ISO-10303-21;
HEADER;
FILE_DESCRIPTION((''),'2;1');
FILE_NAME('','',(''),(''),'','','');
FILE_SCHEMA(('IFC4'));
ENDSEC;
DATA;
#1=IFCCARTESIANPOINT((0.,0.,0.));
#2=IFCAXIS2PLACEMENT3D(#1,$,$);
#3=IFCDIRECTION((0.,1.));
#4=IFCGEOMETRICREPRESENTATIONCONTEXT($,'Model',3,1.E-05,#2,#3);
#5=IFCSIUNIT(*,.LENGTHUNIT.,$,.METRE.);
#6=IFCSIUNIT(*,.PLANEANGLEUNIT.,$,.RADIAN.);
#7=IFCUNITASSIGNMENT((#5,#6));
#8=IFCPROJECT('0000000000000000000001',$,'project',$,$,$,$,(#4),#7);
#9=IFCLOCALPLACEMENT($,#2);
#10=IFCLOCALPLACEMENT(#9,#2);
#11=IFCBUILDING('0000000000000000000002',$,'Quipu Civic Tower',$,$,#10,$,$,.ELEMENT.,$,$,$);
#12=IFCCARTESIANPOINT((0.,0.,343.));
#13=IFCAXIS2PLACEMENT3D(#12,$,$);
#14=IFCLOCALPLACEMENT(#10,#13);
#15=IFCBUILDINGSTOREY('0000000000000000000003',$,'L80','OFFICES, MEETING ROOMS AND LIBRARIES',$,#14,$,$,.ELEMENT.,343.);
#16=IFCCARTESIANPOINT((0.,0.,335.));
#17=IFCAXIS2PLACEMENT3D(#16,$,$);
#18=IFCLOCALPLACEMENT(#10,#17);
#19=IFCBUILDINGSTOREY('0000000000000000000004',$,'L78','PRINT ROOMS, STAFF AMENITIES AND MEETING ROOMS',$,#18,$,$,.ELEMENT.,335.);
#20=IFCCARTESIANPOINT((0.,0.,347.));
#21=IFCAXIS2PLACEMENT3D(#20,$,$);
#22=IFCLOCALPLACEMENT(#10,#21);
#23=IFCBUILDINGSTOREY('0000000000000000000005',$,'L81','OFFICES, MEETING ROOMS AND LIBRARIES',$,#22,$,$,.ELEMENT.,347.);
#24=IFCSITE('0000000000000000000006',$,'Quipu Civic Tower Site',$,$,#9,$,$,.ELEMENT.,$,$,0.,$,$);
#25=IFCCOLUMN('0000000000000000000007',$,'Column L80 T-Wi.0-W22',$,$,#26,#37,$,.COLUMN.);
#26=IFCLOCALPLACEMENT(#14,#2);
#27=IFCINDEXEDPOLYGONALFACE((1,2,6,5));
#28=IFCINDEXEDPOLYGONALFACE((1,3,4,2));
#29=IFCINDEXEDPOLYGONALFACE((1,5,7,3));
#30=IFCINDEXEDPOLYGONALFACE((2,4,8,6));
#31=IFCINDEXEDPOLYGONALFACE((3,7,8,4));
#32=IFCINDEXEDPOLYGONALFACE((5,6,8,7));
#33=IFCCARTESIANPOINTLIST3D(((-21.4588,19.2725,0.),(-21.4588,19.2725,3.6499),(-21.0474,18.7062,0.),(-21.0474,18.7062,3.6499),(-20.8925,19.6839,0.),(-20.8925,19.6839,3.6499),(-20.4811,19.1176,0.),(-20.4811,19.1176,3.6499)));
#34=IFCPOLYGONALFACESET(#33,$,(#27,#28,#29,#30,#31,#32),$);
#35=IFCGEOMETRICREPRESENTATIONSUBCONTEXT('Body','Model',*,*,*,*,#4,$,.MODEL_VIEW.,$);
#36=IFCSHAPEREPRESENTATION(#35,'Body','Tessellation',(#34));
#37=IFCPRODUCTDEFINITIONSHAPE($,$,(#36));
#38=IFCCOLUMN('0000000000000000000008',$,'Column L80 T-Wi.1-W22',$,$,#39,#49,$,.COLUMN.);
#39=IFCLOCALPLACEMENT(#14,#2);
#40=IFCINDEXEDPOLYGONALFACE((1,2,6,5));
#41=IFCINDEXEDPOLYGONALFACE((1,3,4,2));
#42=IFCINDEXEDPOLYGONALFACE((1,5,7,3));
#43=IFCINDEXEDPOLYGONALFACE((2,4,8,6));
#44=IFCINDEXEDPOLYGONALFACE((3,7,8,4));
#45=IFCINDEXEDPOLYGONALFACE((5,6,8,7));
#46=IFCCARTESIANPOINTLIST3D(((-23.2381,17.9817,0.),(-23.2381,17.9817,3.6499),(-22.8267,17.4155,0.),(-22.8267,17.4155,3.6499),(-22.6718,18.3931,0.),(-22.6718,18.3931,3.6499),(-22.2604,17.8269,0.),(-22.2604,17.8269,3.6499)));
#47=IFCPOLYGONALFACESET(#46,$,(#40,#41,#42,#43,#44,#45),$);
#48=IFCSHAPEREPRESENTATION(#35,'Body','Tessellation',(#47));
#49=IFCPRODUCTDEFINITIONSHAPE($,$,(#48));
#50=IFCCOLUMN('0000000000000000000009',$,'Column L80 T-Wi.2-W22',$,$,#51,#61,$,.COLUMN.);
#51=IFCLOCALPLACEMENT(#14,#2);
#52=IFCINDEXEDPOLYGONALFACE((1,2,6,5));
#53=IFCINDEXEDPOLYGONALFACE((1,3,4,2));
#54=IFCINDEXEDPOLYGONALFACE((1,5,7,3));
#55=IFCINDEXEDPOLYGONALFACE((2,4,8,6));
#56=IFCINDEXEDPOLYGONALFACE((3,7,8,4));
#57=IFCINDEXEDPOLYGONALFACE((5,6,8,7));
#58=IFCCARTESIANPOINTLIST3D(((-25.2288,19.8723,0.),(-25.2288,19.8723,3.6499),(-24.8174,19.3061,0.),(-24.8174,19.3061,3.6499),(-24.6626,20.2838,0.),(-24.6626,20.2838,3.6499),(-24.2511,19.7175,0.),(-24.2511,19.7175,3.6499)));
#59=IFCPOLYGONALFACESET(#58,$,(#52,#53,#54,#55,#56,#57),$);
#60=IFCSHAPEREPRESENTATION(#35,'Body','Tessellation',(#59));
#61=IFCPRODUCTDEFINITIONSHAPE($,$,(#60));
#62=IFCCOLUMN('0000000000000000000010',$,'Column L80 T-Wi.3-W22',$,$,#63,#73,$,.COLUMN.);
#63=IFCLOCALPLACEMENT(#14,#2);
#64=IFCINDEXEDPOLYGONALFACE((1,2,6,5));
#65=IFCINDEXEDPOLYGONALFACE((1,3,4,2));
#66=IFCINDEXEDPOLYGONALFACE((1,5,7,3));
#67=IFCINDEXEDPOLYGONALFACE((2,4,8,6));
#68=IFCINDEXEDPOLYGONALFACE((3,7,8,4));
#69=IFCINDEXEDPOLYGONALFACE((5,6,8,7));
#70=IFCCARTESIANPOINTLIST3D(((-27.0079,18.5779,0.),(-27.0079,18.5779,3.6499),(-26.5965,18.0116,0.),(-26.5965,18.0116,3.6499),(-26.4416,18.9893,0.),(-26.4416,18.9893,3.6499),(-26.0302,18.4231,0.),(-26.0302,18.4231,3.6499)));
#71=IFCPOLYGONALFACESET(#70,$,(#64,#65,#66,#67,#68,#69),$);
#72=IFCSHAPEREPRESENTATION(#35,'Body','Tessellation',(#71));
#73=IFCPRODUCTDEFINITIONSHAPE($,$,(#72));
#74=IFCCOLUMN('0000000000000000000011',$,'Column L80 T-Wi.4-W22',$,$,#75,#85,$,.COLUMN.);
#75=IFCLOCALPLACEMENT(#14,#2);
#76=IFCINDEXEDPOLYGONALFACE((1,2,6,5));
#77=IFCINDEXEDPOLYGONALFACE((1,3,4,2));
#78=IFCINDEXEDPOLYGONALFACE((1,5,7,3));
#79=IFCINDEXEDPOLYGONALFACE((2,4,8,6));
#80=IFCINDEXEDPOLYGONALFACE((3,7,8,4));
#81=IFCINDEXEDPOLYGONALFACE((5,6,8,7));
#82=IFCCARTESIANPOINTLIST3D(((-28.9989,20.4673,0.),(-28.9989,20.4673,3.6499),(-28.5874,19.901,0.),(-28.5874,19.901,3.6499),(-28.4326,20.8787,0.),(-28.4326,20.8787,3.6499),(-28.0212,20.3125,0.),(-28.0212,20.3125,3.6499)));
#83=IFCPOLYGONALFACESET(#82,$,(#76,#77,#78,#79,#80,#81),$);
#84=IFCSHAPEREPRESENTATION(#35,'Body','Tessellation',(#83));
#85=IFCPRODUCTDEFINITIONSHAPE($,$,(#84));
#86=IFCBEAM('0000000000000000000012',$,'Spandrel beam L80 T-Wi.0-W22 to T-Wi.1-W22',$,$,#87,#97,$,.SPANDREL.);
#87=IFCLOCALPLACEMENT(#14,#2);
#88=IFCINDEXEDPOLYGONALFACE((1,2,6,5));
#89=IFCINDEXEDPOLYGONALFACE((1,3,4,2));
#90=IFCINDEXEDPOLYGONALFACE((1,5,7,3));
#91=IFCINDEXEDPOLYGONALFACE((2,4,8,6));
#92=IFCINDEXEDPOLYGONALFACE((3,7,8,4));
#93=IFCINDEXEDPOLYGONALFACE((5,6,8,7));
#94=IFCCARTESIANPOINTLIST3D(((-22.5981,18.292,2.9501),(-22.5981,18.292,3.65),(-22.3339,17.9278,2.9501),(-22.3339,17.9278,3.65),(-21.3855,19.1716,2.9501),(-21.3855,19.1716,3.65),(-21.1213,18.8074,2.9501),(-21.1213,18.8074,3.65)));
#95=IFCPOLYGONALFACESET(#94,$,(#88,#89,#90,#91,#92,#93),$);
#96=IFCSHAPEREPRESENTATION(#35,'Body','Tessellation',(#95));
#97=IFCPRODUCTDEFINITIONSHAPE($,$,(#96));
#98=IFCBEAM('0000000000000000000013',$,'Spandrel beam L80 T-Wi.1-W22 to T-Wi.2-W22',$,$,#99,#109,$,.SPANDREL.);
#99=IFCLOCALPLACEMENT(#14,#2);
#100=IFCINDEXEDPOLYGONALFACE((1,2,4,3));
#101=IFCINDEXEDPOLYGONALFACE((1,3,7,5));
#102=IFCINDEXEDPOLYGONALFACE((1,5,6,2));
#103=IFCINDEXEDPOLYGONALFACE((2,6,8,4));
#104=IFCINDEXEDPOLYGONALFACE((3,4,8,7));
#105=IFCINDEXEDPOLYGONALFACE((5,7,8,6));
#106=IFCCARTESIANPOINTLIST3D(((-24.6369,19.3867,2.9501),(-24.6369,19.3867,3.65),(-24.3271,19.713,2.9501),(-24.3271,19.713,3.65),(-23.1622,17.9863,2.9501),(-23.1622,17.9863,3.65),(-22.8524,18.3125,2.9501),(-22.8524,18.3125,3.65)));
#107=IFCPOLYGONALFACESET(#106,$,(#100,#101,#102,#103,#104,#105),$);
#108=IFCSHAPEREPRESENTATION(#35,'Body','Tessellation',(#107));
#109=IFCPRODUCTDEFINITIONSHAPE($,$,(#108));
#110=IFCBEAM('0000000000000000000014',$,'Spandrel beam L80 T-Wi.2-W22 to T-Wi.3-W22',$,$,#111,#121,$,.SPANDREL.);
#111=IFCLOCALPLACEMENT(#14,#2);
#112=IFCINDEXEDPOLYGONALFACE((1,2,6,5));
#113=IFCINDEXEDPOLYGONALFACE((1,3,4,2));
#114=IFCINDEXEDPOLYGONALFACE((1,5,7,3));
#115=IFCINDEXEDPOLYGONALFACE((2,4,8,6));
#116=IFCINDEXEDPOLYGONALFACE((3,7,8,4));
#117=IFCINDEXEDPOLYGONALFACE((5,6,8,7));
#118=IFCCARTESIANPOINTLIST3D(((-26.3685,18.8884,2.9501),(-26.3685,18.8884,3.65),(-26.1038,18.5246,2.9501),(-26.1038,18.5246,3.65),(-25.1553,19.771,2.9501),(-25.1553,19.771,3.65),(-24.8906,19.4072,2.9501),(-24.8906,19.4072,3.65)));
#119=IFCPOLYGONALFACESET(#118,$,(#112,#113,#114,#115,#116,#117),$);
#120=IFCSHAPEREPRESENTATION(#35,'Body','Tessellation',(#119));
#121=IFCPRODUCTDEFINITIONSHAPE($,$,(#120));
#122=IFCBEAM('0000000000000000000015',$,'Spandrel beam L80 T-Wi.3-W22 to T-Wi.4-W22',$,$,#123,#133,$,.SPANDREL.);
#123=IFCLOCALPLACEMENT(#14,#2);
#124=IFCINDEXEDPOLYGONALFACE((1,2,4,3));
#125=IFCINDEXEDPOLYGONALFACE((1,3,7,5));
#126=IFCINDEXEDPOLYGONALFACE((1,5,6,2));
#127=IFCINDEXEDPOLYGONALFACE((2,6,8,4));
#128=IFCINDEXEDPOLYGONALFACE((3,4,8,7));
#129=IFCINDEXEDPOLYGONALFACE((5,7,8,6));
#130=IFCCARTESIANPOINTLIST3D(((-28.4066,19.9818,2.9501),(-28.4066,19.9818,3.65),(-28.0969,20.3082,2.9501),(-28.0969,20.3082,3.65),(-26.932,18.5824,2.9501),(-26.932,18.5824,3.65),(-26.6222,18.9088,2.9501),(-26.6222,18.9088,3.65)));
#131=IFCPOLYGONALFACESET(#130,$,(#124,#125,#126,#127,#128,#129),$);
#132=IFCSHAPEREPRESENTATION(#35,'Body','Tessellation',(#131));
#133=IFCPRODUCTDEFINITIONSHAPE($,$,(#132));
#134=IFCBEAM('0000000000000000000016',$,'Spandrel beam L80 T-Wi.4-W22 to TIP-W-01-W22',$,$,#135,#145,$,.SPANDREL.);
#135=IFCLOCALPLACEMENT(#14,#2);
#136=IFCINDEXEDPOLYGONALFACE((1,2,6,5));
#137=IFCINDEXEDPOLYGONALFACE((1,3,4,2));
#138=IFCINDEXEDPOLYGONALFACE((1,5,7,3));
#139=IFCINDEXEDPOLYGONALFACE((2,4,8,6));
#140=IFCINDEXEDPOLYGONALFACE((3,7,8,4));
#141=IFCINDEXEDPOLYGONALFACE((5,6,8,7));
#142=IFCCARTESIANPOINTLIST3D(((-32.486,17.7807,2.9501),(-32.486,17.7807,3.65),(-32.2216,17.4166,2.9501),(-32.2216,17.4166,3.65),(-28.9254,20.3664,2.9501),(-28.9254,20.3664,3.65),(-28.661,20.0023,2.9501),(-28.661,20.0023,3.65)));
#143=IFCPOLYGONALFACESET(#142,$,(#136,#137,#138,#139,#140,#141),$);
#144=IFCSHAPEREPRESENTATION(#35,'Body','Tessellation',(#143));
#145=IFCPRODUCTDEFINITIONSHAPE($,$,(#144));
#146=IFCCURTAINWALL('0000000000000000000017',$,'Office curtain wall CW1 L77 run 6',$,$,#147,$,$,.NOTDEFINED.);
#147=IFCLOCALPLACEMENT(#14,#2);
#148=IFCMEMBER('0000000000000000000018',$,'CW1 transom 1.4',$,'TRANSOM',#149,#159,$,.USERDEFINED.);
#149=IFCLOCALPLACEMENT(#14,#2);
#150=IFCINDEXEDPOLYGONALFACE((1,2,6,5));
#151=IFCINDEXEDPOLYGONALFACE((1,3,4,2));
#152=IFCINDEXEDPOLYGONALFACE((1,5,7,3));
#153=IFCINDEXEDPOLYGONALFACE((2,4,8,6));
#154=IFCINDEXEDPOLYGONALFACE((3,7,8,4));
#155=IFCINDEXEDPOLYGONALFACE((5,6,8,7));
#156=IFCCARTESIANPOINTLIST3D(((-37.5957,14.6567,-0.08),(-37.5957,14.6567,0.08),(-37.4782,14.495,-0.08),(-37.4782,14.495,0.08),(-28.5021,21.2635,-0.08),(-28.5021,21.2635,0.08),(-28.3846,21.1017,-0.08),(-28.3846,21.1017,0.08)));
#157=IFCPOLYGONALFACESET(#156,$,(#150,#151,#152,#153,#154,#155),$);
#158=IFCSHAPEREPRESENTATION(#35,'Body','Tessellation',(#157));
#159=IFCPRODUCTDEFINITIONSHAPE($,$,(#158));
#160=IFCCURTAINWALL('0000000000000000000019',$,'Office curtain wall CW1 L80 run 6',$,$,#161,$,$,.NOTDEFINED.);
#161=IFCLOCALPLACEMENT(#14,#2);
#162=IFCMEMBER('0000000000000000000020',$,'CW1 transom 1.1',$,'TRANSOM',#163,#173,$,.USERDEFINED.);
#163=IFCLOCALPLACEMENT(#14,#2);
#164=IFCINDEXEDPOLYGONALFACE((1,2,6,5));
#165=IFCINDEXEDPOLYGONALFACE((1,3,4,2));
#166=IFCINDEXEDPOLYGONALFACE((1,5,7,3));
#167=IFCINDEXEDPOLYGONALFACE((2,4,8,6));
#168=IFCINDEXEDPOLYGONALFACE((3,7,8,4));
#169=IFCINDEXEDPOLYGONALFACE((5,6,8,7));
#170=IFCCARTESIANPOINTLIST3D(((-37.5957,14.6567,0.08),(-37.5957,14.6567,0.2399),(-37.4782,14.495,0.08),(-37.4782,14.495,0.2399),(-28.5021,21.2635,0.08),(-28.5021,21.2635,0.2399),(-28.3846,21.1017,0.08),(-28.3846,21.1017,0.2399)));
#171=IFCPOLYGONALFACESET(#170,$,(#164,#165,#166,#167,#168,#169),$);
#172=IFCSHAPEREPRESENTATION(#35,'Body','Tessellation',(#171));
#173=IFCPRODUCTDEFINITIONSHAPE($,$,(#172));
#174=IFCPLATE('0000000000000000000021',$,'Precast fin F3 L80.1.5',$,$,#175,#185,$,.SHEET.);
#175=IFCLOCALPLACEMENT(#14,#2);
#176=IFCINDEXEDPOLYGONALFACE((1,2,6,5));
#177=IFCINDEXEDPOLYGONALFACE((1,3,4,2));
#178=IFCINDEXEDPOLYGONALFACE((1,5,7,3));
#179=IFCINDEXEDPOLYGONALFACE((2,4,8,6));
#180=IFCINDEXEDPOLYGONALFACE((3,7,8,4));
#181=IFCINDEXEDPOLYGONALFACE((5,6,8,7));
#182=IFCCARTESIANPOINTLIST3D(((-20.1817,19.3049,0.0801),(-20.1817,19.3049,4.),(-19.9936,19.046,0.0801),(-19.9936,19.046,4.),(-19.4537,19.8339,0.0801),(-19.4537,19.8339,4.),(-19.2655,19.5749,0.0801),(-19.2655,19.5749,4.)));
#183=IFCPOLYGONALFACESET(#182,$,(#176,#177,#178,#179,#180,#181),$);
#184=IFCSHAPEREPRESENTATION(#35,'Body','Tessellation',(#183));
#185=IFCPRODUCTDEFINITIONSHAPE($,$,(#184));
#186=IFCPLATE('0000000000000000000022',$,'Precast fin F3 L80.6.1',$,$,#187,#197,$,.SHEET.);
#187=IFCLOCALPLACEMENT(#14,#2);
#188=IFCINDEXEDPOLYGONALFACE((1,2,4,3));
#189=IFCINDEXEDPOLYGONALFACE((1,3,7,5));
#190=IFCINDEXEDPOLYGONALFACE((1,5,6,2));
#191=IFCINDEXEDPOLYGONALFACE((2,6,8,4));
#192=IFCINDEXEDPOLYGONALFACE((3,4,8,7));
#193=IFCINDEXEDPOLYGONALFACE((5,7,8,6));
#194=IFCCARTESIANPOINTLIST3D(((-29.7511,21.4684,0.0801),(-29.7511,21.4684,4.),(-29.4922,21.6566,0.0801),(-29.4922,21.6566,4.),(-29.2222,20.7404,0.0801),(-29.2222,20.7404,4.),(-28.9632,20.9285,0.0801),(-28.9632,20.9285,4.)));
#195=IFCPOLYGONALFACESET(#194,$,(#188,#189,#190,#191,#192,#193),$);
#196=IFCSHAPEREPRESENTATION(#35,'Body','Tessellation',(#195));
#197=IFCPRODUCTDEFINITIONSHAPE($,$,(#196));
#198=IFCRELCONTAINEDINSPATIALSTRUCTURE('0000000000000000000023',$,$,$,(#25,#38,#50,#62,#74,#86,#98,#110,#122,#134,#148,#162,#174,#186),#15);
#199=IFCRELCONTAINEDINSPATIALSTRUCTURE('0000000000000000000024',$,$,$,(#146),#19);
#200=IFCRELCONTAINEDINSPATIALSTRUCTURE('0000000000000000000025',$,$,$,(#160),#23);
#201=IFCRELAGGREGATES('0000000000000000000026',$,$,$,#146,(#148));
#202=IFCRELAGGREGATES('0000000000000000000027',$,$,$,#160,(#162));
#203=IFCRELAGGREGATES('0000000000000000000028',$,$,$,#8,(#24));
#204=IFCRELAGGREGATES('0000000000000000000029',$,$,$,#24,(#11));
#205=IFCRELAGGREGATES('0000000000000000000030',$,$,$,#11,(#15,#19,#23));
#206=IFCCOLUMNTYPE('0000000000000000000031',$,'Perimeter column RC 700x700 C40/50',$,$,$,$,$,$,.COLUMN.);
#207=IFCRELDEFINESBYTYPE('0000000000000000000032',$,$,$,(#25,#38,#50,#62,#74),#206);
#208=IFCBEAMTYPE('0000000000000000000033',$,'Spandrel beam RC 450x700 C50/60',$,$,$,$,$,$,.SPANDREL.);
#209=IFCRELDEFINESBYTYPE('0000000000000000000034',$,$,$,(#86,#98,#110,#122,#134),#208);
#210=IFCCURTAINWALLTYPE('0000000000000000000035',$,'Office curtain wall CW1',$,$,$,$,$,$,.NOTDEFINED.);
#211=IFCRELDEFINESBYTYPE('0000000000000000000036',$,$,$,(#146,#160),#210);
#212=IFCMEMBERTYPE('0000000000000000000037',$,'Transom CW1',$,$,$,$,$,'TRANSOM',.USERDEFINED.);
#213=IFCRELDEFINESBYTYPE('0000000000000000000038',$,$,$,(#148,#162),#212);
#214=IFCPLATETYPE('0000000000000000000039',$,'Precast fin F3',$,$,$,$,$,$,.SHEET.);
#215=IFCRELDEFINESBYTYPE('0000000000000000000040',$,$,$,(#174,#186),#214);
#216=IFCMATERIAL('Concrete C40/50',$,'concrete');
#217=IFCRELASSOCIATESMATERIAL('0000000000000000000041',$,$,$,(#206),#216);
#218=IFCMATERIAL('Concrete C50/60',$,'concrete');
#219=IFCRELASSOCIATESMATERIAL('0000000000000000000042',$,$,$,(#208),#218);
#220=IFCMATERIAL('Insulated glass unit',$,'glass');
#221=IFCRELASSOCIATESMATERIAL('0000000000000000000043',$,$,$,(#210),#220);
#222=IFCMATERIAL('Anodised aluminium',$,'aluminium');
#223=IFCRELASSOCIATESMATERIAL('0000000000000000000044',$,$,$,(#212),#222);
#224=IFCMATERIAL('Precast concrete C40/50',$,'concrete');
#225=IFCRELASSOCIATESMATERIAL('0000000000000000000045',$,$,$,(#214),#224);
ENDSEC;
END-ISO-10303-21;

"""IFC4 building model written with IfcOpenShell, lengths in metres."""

from ifc_helpers import new_model, si_unit, direction, frame, origin, origin_2d, place, context, subcontext, project, spatial, rectangle, extrude, material, material_profile, profile_set, type_object, element, aggregate, save


model = new_model("IFC4")

# Units and contexts
model_context = context("Model", 3, precision=1e-05, world=origin(), true_north=direction((0.0, 1.0)))
body_context = subcontext(model_context, "Body", "Model", "MODEL_VIEW")
ifc_project = project(units=[si_unit("LENGTHUNIT", "METRE"), si_unit("PLANEANGLEUNIT", "RADIAN")], contexts=[model_context])

# Site, building, storey
site_placement = place(None, origin())
site = spatial("IfcSite", under=ifc_project, at=site_placement, Name="Quipu Civic Tower Site", CompositionType="ELEMENT", RefElevation=0.0)
building_placement = place(site_placement, origin())
building = spatial("IfcBuilding", under=site, at=building_placement, Name="Quipu Civic Tower", CompositionType="ELEMENT")
storey_1_placement = place(building_placement, frame((0.0, 0.0, 343.0)))
storey_1 = spatial("IfcBuildingStorey", under=building, at=storey_1_placement, Name="L80", Description="OFFICES, MEETING ROOMS AND LIBRARIES", CompositionType="ELEMENT", Elevation=343.0)

# Columns
ifc_material_1 = material(Name="Concrete C40/50", Category="concrete")
ifc_material_profile_1 = material_profile(ifc_material_1, rectangle(XDim=0.7, YDim=0.7, at=origin_2d()), Name="RC700x700")
ifc_profile_set_1 = profile_set([ifc_material_profile_1], Name="Concrete C40/50")
column_type = type_object("IfcColumnType", Name="Perimeter column RC 700x700 C40/50", PredefinedType="COLUMN", material=ifc_profile_set_1)
for number, where, z_axis, x_axis, name in (
    (1, (-20.97, 19.1951, 0.0), (0.0, 0.0, 1.0), (-0.587785, 0.809017, 0.0), "Column L80 T-Wi.0-W22"),
    (2, (-22.7493, 17.9043, 0.0), (0.0, 0.0, 1.0), (-0.587785, 0.809017, 0.0), "Column L80 T-Wi.1-W22"),
    (3, (-24.74, 19.7949, 0.0), (0.0, 0.0, 1.0), (-0.587785, 0.809017, 0.0), "Column L80 T-Wi.2-W22"),
    (4, (-26.519, 18.5005, 0.0), (0.0, 0.0, 1.0), (-0.587785, 0.809017, 0.0), "Column L80 T-Wi.3-W22"),
    (5, (-28.51, 20.3899, 0.0), (0.0, 0.0, 1.0), (-0.809017, -0.587785, 0.0), "Column L80 T-Wi.4-W22"),
):
    element("IfcColumn", number, at=place(storey_1_placement, frame(where, z_axis=z_axis, x_axis=x_axis)), inside=storey_1, type_object=column_type, Name=name, PredefinedType="COLUMN", context=body_context, shape_type="SweptSolid", body=[
        extrude(rectangle(XDim=0.7, YDim=0.7, at=origin_2d()), origin(), (0.0, 0.0, 1.0), 3.6499),
    ])

# Beams
ifc_material_2 = material(Name="Concrete C50/60", Category="concrete")
ifc_material_profile_2 = material_profile(ifc_material_2, rectangle(XDim=0.45, YDim=0.7, at=origin_2d()), Name="RC450x700")
ifc_profile_set_2 = profile_set([ifc_material_profile_2], Name="Concrete C50/60")
beam_type = type_object("IfcBeamType", Name="Spandrel beam RC 450x700 C50/60", PredefinedType="SPANDREL", material=ifc_profile_set_2)
beam_1_placement = place(storey_1_placement, frame((-21.2534, 18.9895, 3.3), z_axis=(-0.809461, -0.587173, 0.0), x_axis=(0.587173, -0.809461, 0.0)))
element("IfcBeam", 6, at=beam_1_placement, inside=storey_1, type_object=beam_type, Name="Spandrel beam L80 T-Wi.0-W22 to T-Wi.1-W22", PredefinedType="SPANDREL", context=body_context, shape_type="SweptSolid", body=[
    extrude(rectangle(XDim=0.45, YDim=0.7, at=origin_2d()), origin(), (0.0, 0.0, 1.0), 1.498),
])
beam_2_placement = place(storey_1_placement, frame((-23.0073, 18.1494, 3.3), z_axis=(-0.725119, 0.688623, 0.0), x_axis=(-0.688623, -0.725119, 0.0)))
element("IfcBeam", 7, at=beam_2_placement, inside=storey_1, type_object=beam_type, Name="Spandrel beam L80 T-Wi.1-W22 to T-Wi.2-W22", PredefinedType="SPANDREL", context=body_context, shape_type="SweptSolid", body=[
    extrude(rectangle(XDim=0.45, YDim=0.7, at=origin_2d()), origin(), (0.0, 0.0, 1.0), 2.0337),
])
beam_3_placement = place(storey_1_placement, frame((-25.0229, 19.5891, 3.3), z_axis=(-0.808645, -0.588297, 0.0), x_axis=(0.588297, -0.808645, 0.0)))
element("IfcBeam", 8, at=beam_3_placement, inside=storey_1, type_object=beam_type, Name="Spandrel beam L80 T-Wi.2-W22 to T-Wi.3-W22", PredefinedType="SPANDREL", context=body_context, shape_type="SweptSolid", body=[
    extrude(rectangle(XDim=0.45, YDim=0.7, at=origin_2d()), origin(), (0.0, 0.0, 1.0), 1.5002),
])
beam_4_placement = place(storey_1_placement, frame((-26.7771, 18.7456, 3.3), z_axis=(-0.725359, 0.688371, 0.0), x_axis=(-0.688371, -0.725359, 0.0)))
element("IfcBeam", 9, at=beam_4_placement, inside=storey_1, type_object=beam_type, Name="Spandrel beam L80 T-Wi.3-W22 to T-Wi.4-W22", PredefinedType="SPANDREL", context=body_context, shape_type="SweptSolid", body=[
    extrude(rectangle(XDim=0.45, YDim=0.7, at=origin_2d()), origin(), (0.0, 0.0, 1.0), 2.033),
])
beam_5_placement = place(storey_1_placement, frame((-28.7932, 20.1843, 3.3), z_axis=(-0.809146, -0.587607, 0.0), x_axis=(0.587607, -0.809146, 0.0)))
element("IfcBeam", 10, at=beam_5_placement, inside=storey_1, type_object=beam_type, Name="Spandrel beam L80 T-Wi.4-W22 to TIP-W-01-W22", PredefinedType="SPANDREL", context=body_context, shape_type="SweptSolid", body=[
    extrude(rectangle(XDim=0.45, YDim=0.7, at=origin_2d()), origin(), (0.0, 0.0, 1.0), 4.4004),
])

# Shared definitions
storey_2_placement = place(building_placement, frame((0.0, 0.0, 335.0)))
storey_2 = spatial("IfcBuildingStorey", under=building, at=storey_2_placement, Name="L78", Description="PRINT ROOMS, STAFF AMENITIES AND MEETING ROOMS", CompositionType="ELEMENT", Elevation=335.0)

# Curtain wall, member
ifc_material_3 = material(Name="Insulated glass unit", Category="glass")
curtain_wall_type = type_object("IfcCurtainWallType", Name="Office curtain wall CW1", PredefinedType="NOTDEFINED", material=ifc_material_3)
curtain_wall_1_placement = place(storey_2_placement, origin())
curtain_wall_1 = element("IfcCurtainWall", 11, at=curtain_wall_1_placement, inside=storey_2, type_object=curtain_wall_type, Name="Office curtain wall CW1 L77 run 6", PredefinedType="NOTDEFINED")
ifc_material_4 = material(Name="Anodised aluminium", Category="aluminium")
ifc_material_profile_3 = material_profile(ifc_material_4, rectangle(XDim=0.2, YDim=0.1599, at=origin_2d()), Name="RECT 200x160")
ifc_profile_set_3 = profile_set([ifc_material_profile_3], Name="Anodised aluminium")
member_type = type_object("IfcMemberType", Name="Transom CW1", ElementType="TRANSOM", PredefinedType="USERDEFINED", material=ifc_profile_set_3)
member_1_placement = place(storey_1_placement, frame((-28.4434, 21.1826, 0.0), z_axis=(-0.809022, -0.587778, 0.0), x_axis=(0.587778, -0.809022, 0.0)))
member_1 = element("IfcMember", 12, at=member_1_placement, inside=storey_1, type_object=member_type, Name="CW1 transom 1.4", ObjectType="TRANSOM", PredefinedType="USERDEFINED", context=body_context, shape_type="SweptSolid", body=[
    extrude(rectangle(XDim=0.2, YDim=0.1599, at=origin_2d()), origin(), (0.0, 0.0, 1.0), 11.2402),
])
aggregate(curtain_wall_1, [member_1])

# Shared definitions
storey_3_placement = place(building_placement, frame((0.0, 0.0, 347.0)))
storey_3 = spatial("IfcBuildingStorey", under=building, at=storey_3_placement, Name="L81", Description="OFFICES, MEETING ROOMS AND LIBRARIES", CompositionType="ELEMENT", Elevation=347.0)

# Curtain wall, member
curtain_wall_2_placement = place(storey_3_placement, origin())
curtain_wall_2 = element("IfcCurtainWall", 13, at=curtain_wall_2_placement, inside=storey_3, type_object=curtain_wall_type, Name="Office curtain wall CW1 L80 run 6", PredefinedType="NOTDEFINED")
member_2_placement = place(storey_1_placement, frame((-28.4434, 21.1826, 0.1599), z_axis=(-0.809022, -0.587778, 0.0), x_axis=(0.587778, -0.809022, 0.0)))
member_2 = element("IfcMember", 14, at=member_2_placement, inside=storey_1, type_object=member_type, Name="CW1 transom 1.1", ObjectType="TRANSOM", PredefinedType="USERDEFINED", context=body_context, shape_type="SweptSolid", body=[
    extrude(rectangle(XDim=0.2, YDim=0.1599, at=origin_2d()), origin(), (0.0, 0.0, 1.0), 11.2402),
])
aggregate(curtain_wall_2, [member_2])

# Plates
ifc_material_5 = material(Name="Precast concrete C40/50", Category="concrete")
plate_type = type_object("IfcPlateType", Name="Precast fin F3", PredefinedType="SHEET", material=ifc_material_5)
for number, where, z_axis, x_axis, name in (
    (15, (-19.7236, 19.4399, 0.0801), (0.0, 0.0, 1.0), (-0.587784, 0.809018, 0.0), "Precast fin F3 L80.1.5"),
    (16, (-29.3572, 21.1985, 0.0801), (0.0, 0.0, 1.0), (-0.809017, -0.587785, 0.0), "Precast fin F3 L80.6.1"),
):
    element("IfcPlate", number, at=place(storey_1_placement, frame(where, z_axis=z_axis, x_axis=x_axis)), inside=storey_1, type_object=plate_type, Name=name, PredefinedType="SHEET", context=body_context, shape_type="SweptSolid", body=[
        extrude(rectangle(XDim=0.3201, YDim=0.8999, at=origin_2d()), origin(), (0.0, 0.0, 1.0), 3.9199),
    ])

save(model, "model.ifc")
